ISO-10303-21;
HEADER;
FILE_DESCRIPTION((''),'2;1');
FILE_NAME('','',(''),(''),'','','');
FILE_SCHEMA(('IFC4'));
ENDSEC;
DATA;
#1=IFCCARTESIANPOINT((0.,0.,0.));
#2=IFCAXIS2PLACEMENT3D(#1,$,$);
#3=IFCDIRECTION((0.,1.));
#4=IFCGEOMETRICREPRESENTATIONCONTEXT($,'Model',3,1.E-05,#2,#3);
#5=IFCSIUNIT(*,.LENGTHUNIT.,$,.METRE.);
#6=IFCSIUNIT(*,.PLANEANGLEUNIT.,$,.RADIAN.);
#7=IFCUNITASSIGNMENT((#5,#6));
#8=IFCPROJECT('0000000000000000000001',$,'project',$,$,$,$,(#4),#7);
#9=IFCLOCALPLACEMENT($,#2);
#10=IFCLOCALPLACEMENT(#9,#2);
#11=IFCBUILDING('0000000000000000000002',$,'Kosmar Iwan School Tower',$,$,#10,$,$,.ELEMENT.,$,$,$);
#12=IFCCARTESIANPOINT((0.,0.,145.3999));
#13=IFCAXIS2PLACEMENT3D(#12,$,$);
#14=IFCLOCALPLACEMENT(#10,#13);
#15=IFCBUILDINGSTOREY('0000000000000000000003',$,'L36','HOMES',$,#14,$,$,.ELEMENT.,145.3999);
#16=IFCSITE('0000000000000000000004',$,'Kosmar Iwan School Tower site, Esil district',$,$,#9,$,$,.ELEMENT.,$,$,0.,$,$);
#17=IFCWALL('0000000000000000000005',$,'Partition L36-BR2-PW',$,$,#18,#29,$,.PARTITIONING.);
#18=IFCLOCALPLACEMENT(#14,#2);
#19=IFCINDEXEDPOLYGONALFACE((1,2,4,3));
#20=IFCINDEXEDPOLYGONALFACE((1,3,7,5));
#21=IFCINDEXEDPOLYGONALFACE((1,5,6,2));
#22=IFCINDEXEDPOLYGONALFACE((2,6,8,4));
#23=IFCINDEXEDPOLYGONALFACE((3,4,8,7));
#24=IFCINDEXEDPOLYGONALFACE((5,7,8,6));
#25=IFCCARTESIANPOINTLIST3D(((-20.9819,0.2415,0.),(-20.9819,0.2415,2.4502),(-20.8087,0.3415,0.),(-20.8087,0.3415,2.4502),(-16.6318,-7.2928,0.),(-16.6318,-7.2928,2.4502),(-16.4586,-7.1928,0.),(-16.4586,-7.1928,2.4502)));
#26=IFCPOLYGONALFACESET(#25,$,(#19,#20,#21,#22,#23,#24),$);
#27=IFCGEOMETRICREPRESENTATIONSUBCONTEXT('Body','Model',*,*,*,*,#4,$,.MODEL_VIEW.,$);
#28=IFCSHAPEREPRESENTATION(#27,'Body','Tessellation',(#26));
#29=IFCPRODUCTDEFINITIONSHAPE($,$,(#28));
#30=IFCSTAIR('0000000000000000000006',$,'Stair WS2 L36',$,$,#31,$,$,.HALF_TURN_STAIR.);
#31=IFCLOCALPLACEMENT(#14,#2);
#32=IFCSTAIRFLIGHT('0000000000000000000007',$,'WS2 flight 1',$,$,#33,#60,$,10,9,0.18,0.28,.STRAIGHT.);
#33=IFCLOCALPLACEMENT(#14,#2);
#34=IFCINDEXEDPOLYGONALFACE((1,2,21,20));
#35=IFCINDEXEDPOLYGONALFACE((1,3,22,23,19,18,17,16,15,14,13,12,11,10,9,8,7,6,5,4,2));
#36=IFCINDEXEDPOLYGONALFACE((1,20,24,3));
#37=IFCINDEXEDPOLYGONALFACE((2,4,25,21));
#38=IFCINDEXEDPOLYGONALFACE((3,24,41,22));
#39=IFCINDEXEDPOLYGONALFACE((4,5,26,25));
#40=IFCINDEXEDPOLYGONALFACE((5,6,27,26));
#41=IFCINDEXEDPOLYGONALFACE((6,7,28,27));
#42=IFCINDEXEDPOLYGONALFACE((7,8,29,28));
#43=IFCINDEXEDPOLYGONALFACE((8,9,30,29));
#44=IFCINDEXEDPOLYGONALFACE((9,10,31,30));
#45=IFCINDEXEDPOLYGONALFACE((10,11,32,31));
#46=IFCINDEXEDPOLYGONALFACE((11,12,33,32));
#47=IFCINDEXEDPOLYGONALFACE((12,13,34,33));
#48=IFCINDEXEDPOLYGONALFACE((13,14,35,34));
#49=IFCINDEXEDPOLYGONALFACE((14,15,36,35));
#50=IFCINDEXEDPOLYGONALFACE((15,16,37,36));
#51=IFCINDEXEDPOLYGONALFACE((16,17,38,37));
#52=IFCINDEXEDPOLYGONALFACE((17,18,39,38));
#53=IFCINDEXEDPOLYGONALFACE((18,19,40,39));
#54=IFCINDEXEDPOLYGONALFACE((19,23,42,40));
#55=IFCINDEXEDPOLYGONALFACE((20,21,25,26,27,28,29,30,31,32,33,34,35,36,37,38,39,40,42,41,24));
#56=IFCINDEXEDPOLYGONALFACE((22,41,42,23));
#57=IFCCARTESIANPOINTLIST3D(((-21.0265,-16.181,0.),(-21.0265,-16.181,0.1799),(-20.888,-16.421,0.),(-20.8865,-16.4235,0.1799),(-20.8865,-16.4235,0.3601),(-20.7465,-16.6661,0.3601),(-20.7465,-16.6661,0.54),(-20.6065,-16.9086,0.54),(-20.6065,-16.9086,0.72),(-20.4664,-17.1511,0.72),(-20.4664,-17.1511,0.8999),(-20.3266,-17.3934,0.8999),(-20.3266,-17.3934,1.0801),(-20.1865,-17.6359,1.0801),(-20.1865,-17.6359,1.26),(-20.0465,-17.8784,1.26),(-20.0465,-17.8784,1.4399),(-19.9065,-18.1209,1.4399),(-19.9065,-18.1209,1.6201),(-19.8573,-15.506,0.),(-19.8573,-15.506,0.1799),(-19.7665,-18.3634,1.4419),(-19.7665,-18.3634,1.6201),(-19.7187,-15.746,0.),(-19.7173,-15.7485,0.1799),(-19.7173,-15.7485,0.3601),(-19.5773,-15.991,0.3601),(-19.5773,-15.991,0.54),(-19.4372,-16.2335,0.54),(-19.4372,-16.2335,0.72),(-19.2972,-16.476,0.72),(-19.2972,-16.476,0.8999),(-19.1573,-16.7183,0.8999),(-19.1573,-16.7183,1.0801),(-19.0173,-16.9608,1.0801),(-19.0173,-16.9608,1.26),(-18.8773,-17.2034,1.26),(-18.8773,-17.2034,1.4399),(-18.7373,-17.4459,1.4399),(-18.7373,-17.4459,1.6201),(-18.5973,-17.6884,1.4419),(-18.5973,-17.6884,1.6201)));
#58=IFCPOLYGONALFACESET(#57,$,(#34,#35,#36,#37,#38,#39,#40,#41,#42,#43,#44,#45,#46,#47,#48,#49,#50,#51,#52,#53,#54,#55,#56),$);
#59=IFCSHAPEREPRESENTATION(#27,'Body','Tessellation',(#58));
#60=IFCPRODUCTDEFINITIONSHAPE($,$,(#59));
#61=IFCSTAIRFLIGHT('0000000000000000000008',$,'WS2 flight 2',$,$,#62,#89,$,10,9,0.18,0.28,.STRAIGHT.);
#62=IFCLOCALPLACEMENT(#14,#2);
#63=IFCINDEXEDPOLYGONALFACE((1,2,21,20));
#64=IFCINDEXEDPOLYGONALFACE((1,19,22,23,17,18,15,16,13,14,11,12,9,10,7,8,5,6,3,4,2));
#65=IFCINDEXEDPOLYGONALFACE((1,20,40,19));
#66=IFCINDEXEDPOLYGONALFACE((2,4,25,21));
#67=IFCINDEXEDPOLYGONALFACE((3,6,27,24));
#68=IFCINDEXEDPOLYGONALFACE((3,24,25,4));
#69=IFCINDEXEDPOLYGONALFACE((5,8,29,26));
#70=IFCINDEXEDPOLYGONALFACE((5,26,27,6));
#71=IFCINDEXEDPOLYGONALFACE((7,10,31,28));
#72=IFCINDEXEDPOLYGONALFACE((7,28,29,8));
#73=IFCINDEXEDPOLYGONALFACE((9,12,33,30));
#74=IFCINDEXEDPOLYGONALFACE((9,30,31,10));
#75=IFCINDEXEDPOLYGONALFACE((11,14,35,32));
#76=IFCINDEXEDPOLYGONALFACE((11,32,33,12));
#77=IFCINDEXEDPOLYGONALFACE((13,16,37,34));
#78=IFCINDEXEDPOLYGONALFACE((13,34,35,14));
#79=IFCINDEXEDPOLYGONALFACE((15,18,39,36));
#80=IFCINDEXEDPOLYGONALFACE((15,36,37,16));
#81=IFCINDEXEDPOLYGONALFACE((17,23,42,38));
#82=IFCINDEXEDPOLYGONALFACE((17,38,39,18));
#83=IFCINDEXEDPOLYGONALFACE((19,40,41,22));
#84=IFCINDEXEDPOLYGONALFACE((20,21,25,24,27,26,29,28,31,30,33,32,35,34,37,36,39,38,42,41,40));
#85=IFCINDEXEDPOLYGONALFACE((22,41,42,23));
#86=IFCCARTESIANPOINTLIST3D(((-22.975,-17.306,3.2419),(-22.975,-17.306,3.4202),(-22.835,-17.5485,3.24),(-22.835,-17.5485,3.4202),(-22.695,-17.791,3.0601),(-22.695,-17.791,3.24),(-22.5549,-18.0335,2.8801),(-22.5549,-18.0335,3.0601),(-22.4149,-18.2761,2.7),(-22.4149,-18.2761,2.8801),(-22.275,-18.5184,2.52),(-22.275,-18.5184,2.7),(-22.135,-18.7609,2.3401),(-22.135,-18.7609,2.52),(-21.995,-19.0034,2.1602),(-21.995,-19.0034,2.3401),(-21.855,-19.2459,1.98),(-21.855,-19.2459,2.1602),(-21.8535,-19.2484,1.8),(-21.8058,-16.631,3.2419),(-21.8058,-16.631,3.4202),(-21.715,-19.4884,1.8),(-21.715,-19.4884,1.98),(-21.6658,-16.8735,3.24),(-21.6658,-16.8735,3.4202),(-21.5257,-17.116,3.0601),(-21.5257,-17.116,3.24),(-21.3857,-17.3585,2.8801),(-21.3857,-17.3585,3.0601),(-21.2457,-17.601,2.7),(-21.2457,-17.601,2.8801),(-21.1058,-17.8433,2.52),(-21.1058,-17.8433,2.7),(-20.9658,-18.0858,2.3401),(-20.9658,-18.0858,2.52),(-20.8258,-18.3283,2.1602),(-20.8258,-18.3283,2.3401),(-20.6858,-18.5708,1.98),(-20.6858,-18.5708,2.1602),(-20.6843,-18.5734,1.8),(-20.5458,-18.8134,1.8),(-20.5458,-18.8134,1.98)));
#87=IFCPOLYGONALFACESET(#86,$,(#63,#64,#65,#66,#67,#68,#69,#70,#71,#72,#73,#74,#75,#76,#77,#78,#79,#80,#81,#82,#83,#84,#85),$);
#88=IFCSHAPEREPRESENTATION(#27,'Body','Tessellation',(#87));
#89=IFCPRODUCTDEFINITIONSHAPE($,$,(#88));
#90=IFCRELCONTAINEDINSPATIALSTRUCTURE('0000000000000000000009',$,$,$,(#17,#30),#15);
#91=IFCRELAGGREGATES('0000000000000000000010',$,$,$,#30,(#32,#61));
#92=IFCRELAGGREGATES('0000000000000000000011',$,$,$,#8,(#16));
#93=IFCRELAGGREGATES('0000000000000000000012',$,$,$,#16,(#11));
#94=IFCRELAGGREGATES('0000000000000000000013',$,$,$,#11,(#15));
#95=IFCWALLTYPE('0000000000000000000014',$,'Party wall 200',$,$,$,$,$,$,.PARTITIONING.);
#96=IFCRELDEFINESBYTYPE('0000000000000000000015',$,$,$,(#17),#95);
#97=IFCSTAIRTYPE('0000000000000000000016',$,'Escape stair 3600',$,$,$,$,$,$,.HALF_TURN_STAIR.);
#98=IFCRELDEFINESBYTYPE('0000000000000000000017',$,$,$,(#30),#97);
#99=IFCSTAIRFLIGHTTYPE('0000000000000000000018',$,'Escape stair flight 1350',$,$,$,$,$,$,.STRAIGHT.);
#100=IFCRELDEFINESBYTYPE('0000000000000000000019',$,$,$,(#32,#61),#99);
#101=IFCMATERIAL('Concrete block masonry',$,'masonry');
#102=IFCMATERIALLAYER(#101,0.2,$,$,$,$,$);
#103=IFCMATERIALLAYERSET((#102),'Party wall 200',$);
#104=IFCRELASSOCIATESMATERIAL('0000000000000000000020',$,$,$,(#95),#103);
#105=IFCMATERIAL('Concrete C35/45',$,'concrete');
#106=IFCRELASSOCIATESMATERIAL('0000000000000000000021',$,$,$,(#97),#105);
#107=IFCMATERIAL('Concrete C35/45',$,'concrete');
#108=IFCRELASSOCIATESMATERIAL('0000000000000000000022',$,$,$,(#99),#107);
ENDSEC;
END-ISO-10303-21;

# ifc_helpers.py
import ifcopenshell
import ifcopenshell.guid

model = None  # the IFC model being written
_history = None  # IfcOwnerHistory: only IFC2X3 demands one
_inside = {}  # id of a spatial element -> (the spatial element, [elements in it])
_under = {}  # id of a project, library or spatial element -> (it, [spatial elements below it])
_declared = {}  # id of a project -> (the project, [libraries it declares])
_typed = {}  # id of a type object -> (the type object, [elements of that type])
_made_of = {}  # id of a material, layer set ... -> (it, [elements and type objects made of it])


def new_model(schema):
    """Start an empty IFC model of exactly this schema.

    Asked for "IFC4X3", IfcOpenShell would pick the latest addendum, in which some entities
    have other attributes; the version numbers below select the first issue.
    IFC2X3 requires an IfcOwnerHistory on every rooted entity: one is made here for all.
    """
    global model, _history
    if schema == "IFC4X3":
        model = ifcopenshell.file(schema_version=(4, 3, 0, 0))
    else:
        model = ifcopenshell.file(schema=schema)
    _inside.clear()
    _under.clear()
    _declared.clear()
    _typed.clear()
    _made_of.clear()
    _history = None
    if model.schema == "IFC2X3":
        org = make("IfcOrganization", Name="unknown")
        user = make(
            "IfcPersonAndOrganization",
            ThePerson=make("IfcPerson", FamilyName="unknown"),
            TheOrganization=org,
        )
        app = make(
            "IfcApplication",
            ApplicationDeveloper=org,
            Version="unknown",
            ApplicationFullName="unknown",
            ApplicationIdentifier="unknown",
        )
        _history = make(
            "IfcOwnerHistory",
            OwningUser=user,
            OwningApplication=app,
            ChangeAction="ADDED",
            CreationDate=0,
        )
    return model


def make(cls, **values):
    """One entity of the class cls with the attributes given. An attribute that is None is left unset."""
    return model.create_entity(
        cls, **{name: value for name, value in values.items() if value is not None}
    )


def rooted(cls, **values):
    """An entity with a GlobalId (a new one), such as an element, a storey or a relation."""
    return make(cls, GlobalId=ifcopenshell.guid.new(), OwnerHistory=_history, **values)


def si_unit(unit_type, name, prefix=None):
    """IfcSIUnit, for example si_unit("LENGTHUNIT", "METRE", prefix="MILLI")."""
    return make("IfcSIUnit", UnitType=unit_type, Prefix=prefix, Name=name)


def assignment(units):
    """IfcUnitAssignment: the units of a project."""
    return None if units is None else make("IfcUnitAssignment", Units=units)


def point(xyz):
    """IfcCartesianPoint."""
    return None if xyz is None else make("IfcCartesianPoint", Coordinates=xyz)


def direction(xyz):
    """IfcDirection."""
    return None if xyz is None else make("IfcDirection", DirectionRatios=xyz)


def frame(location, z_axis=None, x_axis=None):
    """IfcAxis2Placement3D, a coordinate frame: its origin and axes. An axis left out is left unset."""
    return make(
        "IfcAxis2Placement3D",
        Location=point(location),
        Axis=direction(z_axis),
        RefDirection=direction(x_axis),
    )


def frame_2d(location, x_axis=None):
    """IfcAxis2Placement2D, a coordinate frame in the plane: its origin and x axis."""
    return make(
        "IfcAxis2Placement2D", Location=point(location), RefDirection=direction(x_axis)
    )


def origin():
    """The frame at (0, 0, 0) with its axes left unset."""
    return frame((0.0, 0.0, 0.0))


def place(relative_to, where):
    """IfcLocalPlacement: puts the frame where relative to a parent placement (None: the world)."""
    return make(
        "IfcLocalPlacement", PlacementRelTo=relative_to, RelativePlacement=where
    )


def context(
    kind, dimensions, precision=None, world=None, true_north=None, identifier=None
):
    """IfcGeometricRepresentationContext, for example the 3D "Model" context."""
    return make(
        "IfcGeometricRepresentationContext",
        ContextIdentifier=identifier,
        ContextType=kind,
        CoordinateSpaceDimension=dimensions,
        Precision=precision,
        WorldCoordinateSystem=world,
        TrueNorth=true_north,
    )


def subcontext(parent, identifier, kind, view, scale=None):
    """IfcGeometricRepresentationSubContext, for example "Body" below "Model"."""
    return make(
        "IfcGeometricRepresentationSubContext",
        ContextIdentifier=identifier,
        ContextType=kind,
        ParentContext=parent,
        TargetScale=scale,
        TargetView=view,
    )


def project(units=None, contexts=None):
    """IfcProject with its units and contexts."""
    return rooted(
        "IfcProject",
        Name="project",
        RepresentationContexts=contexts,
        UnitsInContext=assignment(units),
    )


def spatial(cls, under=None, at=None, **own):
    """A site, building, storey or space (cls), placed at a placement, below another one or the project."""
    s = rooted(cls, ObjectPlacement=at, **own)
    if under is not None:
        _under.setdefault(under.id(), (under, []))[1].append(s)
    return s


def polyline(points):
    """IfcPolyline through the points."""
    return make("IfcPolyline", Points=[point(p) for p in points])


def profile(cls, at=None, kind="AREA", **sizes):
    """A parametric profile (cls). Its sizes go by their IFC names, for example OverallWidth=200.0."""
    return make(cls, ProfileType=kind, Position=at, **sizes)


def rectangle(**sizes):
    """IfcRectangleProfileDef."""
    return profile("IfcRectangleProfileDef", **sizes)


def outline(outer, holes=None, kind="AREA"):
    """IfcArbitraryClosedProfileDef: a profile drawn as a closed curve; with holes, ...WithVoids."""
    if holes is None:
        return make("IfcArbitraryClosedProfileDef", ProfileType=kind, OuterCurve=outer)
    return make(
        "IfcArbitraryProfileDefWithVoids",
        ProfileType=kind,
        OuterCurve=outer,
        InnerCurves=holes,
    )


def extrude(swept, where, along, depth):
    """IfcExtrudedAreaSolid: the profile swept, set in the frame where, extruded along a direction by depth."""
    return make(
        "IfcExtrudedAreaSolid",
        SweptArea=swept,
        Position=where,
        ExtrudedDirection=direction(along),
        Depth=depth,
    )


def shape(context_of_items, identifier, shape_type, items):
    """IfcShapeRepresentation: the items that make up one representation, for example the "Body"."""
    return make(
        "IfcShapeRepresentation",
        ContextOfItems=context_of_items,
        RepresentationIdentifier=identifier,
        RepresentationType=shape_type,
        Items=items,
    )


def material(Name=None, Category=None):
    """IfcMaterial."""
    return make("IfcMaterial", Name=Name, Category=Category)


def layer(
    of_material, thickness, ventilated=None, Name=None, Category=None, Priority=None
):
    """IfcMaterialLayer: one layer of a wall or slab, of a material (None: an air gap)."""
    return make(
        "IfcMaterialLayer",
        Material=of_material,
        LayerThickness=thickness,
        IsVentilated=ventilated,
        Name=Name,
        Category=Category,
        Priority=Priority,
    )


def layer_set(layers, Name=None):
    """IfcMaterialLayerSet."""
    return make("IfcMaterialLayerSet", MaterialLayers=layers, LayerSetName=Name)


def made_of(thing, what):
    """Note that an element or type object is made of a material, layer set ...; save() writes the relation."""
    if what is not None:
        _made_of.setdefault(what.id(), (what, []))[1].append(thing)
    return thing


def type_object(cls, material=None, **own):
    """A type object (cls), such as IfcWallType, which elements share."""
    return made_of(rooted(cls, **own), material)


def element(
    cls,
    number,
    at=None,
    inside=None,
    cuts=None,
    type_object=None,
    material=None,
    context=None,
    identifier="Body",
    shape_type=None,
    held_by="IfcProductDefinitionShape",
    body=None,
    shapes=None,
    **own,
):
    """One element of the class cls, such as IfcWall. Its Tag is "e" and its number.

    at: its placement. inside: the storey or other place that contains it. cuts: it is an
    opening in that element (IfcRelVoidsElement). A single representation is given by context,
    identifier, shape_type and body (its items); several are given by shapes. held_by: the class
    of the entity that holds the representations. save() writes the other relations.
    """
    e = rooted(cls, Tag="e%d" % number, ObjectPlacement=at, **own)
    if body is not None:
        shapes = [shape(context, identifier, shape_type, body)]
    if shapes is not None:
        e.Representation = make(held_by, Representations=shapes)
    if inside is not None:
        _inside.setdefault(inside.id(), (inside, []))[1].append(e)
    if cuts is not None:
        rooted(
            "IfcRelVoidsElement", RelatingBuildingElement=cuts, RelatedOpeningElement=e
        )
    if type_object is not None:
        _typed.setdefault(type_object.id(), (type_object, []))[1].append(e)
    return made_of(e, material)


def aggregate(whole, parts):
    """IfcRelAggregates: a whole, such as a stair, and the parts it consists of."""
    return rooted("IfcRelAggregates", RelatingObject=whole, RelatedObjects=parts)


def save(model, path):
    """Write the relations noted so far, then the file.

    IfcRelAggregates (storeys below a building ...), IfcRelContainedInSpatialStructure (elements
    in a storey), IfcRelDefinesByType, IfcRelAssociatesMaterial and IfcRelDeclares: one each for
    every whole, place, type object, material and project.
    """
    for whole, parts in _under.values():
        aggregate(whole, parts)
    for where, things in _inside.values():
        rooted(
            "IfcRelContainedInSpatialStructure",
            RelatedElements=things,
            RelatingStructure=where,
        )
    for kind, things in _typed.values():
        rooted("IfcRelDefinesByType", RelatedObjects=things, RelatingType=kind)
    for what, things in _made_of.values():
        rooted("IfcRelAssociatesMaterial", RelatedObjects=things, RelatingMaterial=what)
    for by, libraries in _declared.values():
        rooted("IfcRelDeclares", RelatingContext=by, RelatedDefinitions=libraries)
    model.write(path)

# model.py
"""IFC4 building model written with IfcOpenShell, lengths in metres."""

from ifc_helpers import new_model, si_unit, direction, frame, frame_2d, origin, place, context, subcontext, project, spatial, polyline, rectangle, outline, extrude, material, layer, layer_set, type_object, element, aggregate, save


model = new_model("IFC4")

# Units and contexts
model_context = context("Model", 3, precision=1e-05, world=origin(), true_north=direction((0.0, 1.0)))
body_context = subcontext(model_context, "Body", "Model", "MODEL_VIEW")
ifc_project = project(units=[si_unit("LENGTHUNIT", "METRE"), si_unit("PLANEANGLEUNIT", "RADIAN")], contexts=[model_context])

# Site, building, storey
site_placement = place(None, origin())
site = spatial("IfcSite", under=ifc_project, at=site_placement, Name="Kosmar Iwan School Tower site, Esil district", CompositionType="ELEMENT", RefElevation=0.0)
building_placement = place(site_placement, origin())
building = spatial("IfcBuilding", under=site, at=building_placement, Name="Kosmar Iwan School Tower", CompositionType="ELEMENT")
storey_placement = place(building_placement, frame((0.0, 0.0, 145.3999)))
storey = spatial("IfcBuildingStorey", under=building, at=storey_placement, Name="L36", Description="HOMES", CompositionType="ELEMENT", Elevation=145.3999)

# Wall
ifc_material_1 = material(Name="Concrete block masonry", Category="masonry")
ifc_layer_1 = layer(ifc_material_1, 0.2)
ifc_layer_set_1 = layer_set([ifc_layer_1], Name="Party wall 200")
wall_type_1 = type_object("IfcWallType", Name="Party wall 200", PredefinedType="PARTITIONING", material=ifc_layer_set_1)
wall_1_placement = place(storey_placement, frame((-16.5452, -7.2429, 0.0), z_axis=(0.0, 0.0, 1.0), x_axis=(-0.500008, 0.866021, 0.0)))
element("IfcWall", 1, at=wall_1_placement, inside=storey, type_object=wall_type_1, Name="Partition L36-BR2-PW", PredefinedType="PARTITIONING", context=body_context, shape_type="SweptSolid", body=[
    extrude(rectangle(XDim=8.7, YDim=0.2, at=frame_2d((4.3501, 0.0))), origin(), (0.0, 0.0, 1.0), 2.4502),
])

# Stair, stair flights
ifc_material_2 = material(Name="Concrete C35/45", Category="concrete")
stair_type = type_object("IfcStairType", Name="Escape stair 3600", PredefinedType="HALF_TURN_STAIR", material=ifc_material_2)
stair_placement = place(storey_placement, origin())
stair = element("IfcStair", 2, at=stair_placement, inside=storey, type_object=stair_type, Name="Stair WS2 L36", PredefinedType="HALF_TURN_STAIR")
ifc_material_3 = material(Name="Concrete C35/45", Category="concrete")
stair_flight_type = type_object("IfcStairFlightType", Name="Escape stair flight 1350", PredefinedType="STRAIGHT", material=ifc_material_3)
stair_flight_1_placement = place(storey_placement, frame((-20.4419, -15.8435, 0.0), z_axis=(0.0, 0.0, 1.0), x_axis=(0.5, -0.866025, 0.0)))
stair_flight_1 = element("IfcStairFlight", 3, at=stair_flight_1_placement, type_object=stair_flight_type, Name="WS2 flight 1", NumberOfRisers=10, NumberOfTreads=9, PredefinedType="STRAIGHT", RiserHeight=0.18, TreadLength=0.28, context=body_context, shape_type="SweptSolid", body=[
    extrude(outline(polyline([(0.0, 0.0), (0.0, 0.1799), (0.28, 0.1799), (0.28, 0.3601), (0.5601, 0.3601), (0.5601, 0.54), (0.8401, 0.54), (0.8401, 0.72), (1.1201, 0.72), (1.1201, 0.8999), (1.3999, 0.8999), (1.3999, 1.0801), (1.6799, 1.0801), (1.6799, 1.26), (1.96, 1.26), (1.96, 1.4399), (2.24, 1.4399), (2.24, 1.6201), (2.52, 1.6201), (2.52, 1.8), (2.52, 1.4419), (0.2771, 0.0), (0.0, 0.0)])), frame((0.0, 0.675, 0.0), z_axis=(0.0, -1.0, 0.0), x_axis=(1.0, 0.0, 0.0)), (0.0, 0.0, 1.0), 1.3501),
])
stair_flight_2_placement = place(storey_placement, frame((-21.1304, -19.1509, 1.8), z_axis=(0.0, 0.0, 1.0), x_axis=(-0.5, 0.866025, 0.0)))
stair_flight_2 = element("IfcStairFlight", 4, at=stair_flight_2_placement, type_object=stair_flight_type, Name="WS2 flight 2", NumberOfRisers=10, NumberOfTreads=9, PredefinedType="STRAIGHT", RiserHeight=0.18, TreadLength=0.28, context=body_context, shape_type="SweptSolid", body=[
    extrude(outline(polyline([(0.0, 0.0), (0.0, 0.1799), (0.28, 0.1799), (0.28, 0.3601), (0.5601, 0.3601), (0.5601, 0.54), (0.8401, 0.54), (0.8401, 0.72), (1.1201, 0.72), (1.1201, 0.8999), (1.3999, 0.8999), (1.3999, 1.0801), (1.6799, 1.0801), (1.6799, 1.26), (1.96, 1.26), (1.96, 1.4399), (2.24, 1.4399), (2.24, 1.6201), (2.52, 1.6201), (2.52, 1.8), (2.52, 1.4419), (0.2771, 0.0), (0.0, 0.0)])), frame((0.0, 0.675, 0.0), z_axis=(0.0, -1.0, 0.0), x_axis=(1.0, 0.0, 0.0)), (0.0, 0.0, 1.0), 1.3501),
])
aggregate(stair, [stair_flight_1, stair_flight_2])

save(model, "model.ifc")
